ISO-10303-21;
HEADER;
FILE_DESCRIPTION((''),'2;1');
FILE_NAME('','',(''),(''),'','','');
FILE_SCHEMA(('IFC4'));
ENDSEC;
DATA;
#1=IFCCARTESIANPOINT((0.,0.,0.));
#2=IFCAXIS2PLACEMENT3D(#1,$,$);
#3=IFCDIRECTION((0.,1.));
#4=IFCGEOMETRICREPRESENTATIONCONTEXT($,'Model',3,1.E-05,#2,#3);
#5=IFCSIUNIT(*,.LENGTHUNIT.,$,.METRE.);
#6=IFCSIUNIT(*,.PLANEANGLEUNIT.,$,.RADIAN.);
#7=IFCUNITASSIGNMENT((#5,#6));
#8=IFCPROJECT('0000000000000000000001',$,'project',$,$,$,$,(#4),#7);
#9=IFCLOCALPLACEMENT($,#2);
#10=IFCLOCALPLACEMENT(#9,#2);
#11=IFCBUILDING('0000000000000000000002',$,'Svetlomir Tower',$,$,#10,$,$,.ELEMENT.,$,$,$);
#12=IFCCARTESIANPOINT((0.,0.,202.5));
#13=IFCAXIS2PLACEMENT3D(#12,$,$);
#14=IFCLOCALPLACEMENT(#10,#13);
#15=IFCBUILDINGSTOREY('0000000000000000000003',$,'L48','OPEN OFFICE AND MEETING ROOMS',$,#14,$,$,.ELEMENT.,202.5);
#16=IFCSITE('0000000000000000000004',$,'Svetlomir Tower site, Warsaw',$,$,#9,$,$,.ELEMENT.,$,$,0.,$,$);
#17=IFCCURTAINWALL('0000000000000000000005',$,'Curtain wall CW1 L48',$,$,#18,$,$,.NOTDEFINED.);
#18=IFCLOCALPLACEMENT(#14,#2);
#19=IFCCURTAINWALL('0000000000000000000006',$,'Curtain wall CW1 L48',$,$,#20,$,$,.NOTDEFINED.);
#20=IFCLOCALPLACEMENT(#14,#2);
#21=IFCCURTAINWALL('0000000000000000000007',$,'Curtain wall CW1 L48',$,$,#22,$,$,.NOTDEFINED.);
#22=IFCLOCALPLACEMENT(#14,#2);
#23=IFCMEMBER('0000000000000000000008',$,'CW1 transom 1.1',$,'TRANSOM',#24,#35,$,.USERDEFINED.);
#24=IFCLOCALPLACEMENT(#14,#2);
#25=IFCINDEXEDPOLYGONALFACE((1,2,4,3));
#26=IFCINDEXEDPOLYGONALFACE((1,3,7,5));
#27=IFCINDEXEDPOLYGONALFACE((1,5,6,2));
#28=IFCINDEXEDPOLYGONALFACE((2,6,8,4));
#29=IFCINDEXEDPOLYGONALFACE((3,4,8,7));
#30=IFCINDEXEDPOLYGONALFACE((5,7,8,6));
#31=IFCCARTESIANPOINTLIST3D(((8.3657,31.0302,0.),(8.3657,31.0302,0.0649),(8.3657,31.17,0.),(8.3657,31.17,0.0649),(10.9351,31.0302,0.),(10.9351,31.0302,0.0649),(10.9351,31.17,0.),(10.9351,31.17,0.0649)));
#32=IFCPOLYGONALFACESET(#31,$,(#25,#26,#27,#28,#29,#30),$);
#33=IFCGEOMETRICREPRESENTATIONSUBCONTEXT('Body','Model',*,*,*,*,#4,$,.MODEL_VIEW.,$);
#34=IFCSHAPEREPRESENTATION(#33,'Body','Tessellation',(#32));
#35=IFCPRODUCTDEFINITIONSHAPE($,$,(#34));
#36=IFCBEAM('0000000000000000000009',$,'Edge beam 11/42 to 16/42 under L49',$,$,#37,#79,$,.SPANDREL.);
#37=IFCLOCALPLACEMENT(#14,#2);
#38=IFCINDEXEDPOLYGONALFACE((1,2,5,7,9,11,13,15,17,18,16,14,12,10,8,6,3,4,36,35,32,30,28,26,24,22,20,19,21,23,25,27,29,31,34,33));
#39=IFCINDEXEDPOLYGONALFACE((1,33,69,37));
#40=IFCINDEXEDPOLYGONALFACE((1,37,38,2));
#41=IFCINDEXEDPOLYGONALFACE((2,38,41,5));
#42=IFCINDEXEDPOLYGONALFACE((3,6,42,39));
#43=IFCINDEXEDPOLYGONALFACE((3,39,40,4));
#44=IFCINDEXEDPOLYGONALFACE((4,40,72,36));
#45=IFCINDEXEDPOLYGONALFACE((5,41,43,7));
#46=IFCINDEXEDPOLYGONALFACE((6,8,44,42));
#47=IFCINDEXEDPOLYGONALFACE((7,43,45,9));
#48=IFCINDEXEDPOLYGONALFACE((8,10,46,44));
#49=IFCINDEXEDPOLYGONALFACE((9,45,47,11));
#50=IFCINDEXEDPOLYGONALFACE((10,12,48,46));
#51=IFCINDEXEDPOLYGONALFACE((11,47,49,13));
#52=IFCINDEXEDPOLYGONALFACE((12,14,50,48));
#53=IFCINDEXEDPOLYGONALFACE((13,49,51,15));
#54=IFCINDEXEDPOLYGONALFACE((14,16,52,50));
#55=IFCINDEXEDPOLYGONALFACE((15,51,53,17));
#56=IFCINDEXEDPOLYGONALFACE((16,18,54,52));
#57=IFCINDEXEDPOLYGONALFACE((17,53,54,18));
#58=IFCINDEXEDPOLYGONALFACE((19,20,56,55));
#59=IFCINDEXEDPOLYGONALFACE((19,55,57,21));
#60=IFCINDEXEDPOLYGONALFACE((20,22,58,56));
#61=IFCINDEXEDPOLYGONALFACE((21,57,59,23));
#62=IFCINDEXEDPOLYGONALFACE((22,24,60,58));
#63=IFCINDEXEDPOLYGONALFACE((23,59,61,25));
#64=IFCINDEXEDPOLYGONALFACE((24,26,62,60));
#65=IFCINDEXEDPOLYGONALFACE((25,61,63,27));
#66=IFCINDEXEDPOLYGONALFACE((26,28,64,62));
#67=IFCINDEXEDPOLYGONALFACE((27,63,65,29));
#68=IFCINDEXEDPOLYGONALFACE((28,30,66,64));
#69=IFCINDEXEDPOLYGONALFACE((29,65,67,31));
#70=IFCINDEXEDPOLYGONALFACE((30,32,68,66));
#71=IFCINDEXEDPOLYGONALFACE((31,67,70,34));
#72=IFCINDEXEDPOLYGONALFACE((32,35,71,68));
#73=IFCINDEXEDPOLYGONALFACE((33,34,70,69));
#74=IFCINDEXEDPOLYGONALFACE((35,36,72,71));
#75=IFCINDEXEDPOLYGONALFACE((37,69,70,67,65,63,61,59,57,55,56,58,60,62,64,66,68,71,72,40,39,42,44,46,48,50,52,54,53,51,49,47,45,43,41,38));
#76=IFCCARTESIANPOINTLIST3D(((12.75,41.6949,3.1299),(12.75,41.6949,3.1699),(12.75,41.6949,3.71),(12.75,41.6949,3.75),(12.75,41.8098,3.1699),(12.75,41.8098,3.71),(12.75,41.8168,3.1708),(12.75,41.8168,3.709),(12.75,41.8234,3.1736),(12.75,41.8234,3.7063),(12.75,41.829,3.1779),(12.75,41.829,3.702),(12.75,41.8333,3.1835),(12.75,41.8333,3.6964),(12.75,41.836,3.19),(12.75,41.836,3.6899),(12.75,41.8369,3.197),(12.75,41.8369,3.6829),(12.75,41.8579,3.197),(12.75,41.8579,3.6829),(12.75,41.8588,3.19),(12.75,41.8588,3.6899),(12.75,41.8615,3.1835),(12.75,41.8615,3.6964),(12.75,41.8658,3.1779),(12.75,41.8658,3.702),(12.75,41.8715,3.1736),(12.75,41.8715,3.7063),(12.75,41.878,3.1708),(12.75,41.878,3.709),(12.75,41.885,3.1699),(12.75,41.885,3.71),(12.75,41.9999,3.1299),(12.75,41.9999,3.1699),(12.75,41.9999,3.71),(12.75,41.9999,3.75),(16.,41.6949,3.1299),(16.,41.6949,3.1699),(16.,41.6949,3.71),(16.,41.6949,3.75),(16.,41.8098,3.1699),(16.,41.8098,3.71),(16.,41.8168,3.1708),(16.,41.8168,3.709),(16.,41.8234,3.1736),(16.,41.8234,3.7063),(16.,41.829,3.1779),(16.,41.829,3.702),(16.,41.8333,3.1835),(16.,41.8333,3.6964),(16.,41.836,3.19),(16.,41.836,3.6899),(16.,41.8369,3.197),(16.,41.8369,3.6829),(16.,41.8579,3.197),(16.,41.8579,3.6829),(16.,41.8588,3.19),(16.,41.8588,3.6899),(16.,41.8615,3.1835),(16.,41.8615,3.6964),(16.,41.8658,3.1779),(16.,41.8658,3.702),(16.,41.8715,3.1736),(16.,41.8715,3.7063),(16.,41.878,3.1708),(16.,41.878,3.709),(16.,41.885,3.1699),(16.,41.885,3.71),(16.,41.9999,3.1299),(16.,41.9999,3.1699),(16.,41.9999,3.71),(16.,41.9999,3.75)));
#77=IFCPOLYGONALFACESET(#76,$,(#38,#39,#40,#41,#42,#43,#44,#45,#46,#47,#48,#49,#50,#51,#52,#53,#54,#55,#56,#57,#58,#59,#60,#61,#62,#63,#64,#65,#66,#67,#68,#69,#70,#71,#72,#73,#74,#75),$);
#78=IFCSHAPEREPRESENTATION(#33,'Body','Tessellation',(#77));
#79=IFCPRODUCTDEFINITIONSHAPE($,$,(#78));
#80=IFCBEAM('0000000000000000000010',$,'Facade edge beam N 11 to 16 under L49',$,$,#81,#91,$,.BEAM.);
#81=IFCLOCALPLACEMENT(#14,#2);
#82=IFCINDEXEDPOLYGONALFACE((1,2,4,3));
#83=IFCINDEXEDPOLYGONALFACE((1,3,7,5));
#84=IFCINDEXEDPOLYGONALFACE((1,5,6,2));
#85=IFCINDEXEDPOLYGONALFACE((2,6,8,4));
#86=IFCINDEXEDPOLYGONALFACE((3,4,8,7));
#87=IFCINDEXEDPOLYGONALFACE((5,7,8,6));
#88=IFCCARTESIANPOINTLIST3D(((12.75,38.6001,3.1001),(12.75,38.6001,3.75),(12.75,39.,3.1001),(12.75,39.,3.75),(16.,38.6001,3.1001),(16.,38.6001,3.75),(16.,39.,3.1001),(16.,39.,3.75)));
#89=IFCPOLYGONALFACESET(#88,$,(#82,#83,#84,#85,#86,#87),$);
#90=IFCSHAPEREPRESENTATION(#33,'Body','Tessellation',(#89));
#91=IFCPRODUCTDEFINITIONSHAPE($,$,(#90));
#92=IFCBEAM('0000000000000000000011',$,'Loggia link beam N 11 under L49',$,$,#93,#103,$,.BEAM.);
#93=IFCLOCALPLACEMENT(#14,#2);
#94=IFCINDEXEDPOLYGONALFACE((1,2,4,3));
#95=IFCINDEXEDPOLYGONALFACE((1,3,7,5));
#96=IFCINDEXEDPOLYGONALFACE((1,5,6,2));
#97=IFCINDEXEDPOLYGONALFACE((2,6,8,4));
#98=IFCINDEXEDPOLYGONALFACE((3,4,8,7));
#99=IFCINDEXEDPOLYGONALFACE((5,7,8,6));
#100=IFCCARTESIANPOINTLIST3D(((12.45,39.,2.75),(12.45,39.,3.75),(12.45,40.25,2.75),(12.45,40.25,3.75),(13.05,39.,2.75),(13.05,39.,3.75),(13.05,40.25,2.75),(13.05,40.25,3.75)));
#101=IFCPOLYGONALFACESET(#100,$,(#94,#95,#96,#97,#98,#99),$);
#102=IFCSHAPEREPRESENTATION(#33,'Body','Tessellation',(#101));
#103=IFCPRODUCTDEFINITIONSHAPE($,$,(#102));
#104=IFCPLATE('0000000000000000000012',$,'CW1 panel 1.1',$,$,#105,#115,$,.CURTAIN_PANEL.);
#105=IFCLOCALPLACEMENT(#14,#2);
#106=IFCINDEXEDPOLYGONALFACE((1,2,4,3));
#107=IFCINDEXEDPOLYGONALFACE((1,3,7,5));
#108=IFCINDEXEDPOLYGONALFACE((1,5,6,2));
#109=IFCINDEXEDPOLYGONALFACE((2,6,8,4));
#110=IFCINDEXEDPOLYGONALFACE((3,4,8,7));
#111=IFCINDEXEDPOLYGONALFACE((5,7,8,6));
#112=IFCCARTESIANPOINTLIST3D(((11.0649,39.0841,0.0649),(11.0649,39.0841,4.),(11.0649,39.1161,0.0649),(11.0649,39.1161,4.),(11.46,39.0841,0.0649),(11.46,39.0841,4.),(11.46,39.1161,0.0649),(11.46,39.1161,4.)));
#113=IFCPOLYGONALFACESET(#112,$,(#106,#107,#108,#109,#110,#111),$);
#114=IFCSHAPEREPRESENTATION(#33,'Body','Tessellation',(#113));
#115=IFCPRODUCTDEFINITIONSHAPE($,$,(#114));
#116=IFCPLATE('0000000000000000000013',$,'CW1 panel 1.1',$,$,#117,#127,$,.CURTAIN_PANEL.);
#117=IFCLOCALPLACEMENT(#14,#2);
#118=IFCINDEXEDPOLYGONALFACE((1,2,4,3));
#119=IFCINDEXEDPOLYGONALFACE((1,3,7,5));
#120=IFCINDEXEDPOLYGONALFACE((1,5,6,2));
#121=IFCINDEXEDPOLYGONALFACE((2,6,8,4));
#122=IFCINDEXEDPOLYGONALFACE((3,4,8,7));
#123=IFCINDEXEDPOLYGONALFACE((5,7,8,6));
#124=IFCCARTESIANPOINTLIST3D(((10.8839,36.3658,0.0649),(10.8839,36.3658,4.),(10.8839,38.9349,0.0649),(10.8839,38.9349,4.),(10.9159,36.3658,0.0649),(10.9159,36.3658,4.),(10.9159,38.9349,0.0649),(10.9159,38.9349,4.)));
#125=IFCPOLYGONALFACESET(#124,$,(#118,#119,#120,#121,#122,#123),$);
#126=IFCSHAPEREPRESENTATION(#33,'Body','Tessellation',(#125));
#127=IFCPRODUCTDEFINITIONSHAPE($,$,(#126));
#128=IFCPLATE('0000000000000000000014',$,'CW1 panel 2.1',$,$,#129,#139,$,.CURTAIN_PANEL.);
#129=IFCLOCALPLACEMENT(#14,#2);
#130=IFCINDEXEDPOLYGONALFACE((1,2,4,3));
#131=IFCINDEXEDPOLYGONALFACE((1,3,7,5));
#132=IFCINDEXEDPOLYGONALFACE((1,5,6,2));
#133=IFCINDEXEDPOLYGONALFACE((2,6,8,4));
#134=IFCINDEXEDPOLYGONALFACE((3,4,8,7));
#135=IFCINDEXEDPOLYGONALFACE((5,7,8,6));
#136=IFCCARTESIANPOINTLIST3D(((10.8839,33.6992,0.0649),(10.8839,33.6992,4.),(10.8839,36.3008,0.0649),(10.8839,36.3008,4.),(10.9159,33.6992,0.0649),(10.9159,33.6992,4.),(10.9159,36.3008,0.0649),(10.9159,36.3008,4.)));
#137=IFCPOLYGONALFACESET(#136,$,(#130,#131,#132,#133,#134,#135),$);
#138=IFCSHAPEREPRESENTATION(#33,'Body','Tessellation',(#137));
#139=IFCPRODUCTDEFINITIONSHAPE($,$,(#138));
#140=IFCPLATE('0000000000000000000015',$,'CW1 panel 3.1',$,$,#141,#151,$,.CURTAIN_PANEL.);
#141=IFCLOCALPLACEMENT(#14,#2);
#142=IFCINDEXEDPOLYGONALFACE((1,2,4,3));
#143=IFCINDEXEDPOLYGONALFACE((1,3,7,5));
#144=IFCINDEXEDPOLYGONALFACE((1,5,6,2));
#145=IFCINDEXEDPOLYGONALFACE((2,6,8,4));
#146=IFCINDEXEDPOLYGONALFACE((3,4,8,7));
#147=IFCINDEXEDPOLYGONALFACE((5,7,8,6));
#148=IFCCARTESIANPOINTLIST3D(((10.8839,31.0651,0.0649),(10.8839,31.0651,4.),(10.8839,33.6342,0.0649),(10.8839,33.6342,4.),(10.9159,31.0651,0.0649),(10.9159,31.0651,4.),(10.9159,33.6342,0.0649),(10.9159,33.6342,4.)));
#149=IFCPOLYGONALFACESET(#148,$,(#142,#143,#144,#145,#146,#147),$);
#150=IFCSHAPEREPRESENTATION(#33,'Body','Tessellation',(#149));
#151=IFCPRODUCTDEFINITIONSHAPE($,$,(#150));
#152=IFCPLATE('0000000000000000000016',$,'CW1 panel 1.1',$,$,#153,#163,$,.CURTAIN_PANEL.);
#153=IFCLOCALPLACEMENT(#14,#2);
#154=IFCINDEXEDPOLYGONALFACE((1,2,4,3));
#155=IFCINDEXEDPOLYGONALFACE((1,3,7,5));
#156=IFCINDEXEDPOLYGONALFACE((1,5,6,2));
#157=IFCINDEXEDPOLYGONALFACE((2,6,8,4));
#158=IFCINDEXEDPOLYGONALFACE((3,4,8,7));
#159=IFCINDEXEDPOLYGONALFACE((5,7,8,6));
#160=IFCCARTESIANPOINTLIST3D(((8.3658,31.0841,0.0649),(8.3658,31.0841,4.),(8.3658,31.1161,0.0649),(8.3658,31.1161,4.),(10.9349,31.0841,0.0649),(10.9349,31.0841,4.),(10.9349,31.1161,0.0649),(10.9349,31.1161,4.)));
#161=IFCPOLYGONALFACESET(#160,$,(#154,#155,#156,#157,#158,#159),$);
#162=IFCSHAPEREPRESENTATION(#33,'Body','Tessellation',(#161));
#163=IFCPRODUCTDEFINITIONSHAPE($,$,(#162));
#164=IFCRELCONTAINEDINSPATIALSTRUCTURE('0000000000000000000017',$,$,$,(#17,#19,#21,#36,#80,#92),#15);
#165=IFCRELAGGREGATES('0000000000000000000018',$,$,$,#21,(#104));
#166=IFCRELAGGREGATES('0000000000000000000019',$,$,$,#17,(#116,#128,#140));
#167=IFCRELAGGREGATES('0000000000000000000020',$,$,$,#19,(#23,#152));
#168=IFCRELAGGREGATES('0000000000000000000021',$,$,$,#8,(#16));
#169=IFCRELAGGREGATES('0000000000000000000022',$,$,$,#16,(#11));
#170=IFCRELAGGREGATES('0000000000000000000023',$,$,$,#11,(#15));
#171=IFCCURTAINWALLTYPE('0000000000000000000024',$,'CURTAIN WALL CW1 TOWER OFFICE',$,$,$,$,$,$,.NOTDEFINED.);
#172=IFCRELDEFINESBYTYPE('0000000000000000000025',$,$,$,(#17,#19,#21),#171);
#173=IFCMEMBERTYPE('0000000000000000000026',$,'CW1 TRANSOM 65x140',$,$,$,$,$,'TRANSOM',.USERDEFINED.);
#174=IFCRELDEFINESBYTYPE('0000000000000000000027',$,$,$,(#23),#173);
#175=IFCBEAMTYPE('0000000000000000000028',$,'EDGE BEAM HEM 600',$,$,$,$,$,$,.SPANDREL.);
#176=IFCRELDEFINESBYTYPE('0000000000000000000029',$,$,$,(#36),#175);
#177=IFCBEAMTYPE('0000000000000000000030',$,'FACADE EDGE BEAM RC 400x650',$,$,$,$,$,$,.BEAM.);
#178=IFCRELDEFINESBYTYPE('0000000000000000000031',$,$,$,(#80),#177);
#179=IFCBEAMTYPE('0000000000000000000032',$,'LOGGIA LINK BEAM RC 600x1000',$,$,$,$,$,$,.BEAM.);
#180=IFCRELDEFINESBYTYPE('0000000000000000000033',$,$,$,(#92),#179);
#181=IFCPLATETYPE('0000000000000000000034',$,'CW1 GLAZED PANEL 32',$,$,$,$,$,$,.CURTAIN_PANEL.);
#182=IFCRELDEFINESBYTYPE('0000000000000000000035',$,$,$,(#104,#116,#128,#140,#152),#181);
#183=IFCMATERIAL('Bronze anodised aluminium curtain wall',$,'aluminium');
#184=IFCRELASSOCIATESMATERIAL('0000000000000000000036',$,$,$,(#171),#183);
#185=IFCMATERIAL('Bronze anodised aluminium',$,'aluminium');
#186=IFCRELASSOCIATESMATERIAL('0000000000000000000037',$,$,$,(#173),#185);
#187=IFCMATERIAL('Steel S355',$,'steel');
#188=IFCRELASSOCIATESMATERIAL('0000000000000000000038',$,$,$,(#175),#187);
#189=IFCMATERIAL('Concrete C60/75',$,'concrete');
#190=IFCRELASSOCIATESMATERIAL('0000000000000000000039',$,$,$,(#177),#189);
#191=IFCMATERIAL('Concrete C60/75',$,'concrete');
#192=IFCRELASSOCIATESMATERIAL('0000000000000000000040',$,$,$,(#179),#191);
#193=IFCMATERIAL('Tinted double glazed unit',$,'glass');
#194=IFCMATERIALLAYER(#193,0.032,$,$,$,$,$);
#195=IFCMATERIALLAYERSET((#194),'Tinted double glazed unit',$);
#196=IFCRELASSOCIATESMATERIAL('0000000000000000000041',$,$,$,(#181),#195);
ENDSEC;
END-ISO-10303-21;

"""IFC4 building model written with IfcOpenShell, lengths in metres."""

from ifc_helpers import new_model, si_unit, direction, frame, origin, origin_2d, place, context, subcontext, project, spatial, rectangle, i_section, extrude, material, layer, layer_set, material_profile, profile_set, type_object, element, aggregate, save


model = new_model("IFC4")

# Units and contexts
model_context = context("Model", 3, precision=1e-05, world=origin(), true_north=direction((0.0, 1.0)))
body_context = subcontext(model_context, "Body", "Model", "MODEL_VIEW")
ifc_project = project(units=[si_unit("LENGTHUNIT", "METRE"), si_unit("PLANEANGLEUNIT", "RADIAN")], contexts=[model_context])

# Site, building, storey
site_placement = place(None, origin())
site = spatial("IfcSite", under=ifc_project, at=site_placement, Name="Svetlomir Tower site, Warsaw", CompositionType="ELEMENT", RefElevation=0.0)
building_placement = place(site_placement, origin())
building = spatial("IfcBuilding", under=site, at=building_placement, Name="Svetlomir Tower", CompositionType="ELEMENT")
storey_placement = place(building_placement, frame((0.0, 0.0, 202.5)))
storey = spatial("IfcBuildingStorey", under=building, at=storey_placement, Name="L48", Description="OPEN OFFICE AND MEETING ROOMS", CompositionType="ELEMENT", Elevation=202.5)

# Curtain walls
ifc_material_1 = material(Name="Bronze anodised aluminium curtain wall", Category="aluminium")
curtain_wall_type = type_object("IfcCurtainWallType", Name="CURTAIN WALL CW1 TOWER OFFICE", PredefinedType="NOTDEFINED", material=ifc_material_1)
curtain_wall_1_placement = place(storey_placement, origin())
curtain_wall_1 = element("IfcCurtainWall", 1, at=curtain_wall_1_placement, inside=storey, type_object=curtain_wall_type, Name="Curtain wall CW1 L48", PredefinedType="NOTDEFINED")
curtain_wall_2_placement = place(storey_placement, origin())
curtain_wall_2 = element("IfcCurtainWall", 2, at=curtain_wall_2_placement, inside=storey, type_object=curtain_wall_type, Name="Curtain wall CW1 L48", PredefinedType="NOTDEFINED")

# Curtain wall
curtain_wall_3_placement = place(storey_placement, origin())
curtain_wall_3 = element("IfcCurtainWall", 3, at=curtain_wall_3_placement, inside=storey, type_object=curtain_wall_type, Name="Curtain wall CW1 L48", PredefinedType="NOTDEFINED")

# Member
ifc_material_2 = material(Name="Bronze anodised aluminium", Category="aluminium")
ifc_material_profile_1 = material_profile(ifc_material_2, rectangle(XDim=0.1399, YDim=0.0649, at=origin_2d()), Name="AL 140x65")
ifc_profile_set_1 = profile_set([ifc_material_profile_1], Name="Bronze anodised aluminium 6063-T6")
member_type_1 = type_object("IfcMemberType", Name="CW1 TRANSOM 65x140", ElementType="TRANSOM", PredefinedType="USERDEFINED", material=ifc_profile_set_1)
member_1_placement = place(storey_placement, frame((10.9351, 31.1001, 0.0325), z_axis=(-1.0, 0.0, 0.0), x_axis=(0.0, -1.0, 0.0)))
member_1 = element("IfcMember", 4, at=member_1_placement, type_object=member_type_1, Name="CW1 transom 1.1", ObjectType="TRANSOM", PredefinedType="USERDEFINED", context=body_context, shape_type="SweptSolid", body=[
    extrude(rectangle(XDim=0.1399, YDim=0.0649, at=origin_2d()), origin(), (0.0, 0.0, 1.0), 2.5693),
])

# Beams
ifc_material_3 = material(Name="Steel S355", Category="steel")
ifc_material_profile_2 = material_profile(ifc_material_3, i_section(OverallWidth=0.3049, OverallDepth=0.6201, WebThickness=0.021, FlangeThickness=0.04, FilletRadius=0.0271, at=origin_2d()), Name="HEM 600")
ifc_profile_set_2 = profile_set([ifc_material_profile_2], Name="Steel S355")
beam_type_1 = type_object("IfcBeamType", Name="EDGE BEAM HEM 600", PredefinedType="SPANDREL", material=ifc_profile_set_2)
beam_1_placement = place(storey_placement, frame((12.75, 41.8474, 3.4399), z_axis=(1.0, 0.0, 0.0), x_axis=(0.0, 1.0, 0.0)))
element("IfcBeam", 5, at=beam_1_placement, inside=storey, type_object=beam_type_1, Name="Edge beam 11/42 to 16/42 under L49", PredefinedType="SPANDREL", context=body_context, shape_type="SweptSolid", body=[
    extrude(i_section(OverallWidth=0.3049, OverallDepth=0.6201, WebThickness=0.021, FlangeThickness=0.04, FilletRadius=0.0271, at=origin_2d()), origin(), (0.0, 0.0, 1.0), 3.25),
])
ifc_material_4 = material(Name="Concrete C60/75", Category="concrete")
ifc_material_profile_3 = material_profile(ifc_material_4, rectangle(XDim=0.3999, YDim=0.6499, at=origin_2d()), Name="RC 400x650")
ifc_profile_set_3 = profile_set([ifc_material_profile_3], Name="Concrete C60/75")
beam_type_2 = type_object("IfcBeamType", Name="FACADE EDGE BEAM RC 400x650", PredefinedType="BEAM", material=ifc_profile_set_3)
beam_2_placement = place(storey_placement, frame((12.75, 38.8, 3.425), z_axis=(1.0, 0.0, 0.0), x_axis=(0.0, 1.0, 0.0)))
element("IfcBeam", 6, at=beam_2_placement, inside=storey, type_object=beam_type_2, Name="Facade edge beam N 11 to 16 under L49", PredefinedType="BEAM", context=body_context, shape_type="SweptSolid", body=[
    extrude(rectangle(XDim=0.3999, YDim=0.6499, at=origin_2d()), origin(), (0.0, 0.0, 1.0), 3.25),
])
ifc_material_5 = material(Name="Concrete C60/75", Category="concrete")
ifc_material_profile_4 = material_profile(ifc_material_5, rectangle(XDim=0.6001, YDim=1.0, at=origin_2d()), Name="RC 600x1000")
ifc_profile_set_4 = profile_set([ifc_material_profile_4], Name="Concrete C60/75")
beam_type_3 = type_object("IfcBeamType", Name="LOGGIA LINK BEAM RC 600x1000", PredefinedType="BEAM", material=ifc_profile_set_4)
beam_3_placement = place(storey_placement, frame((12.75, 40.25, 3.25), z_axis=(0.0, -1.0, 0.0), x_axis=(1.0, 0.0, 0.0)))
element("IfcBeam", 7, at=beam_3_placement, inside=storey, type_object=beam_type_3, Name="Loggia link beam N 11 under L49", PredefinedType="BEAM", context=body_context, shape_type="SweptSolid", body=[
    extrude(rectangle(XDim=0.6001, YDim=1.0, at=origin_2d()), origin(), (0.0, 0.0, 1.0), 1.25),
])

# Plates
ifc_material_6 = material(Name="Tinted double glazed unit", Category="glass")
ifc_layer_1 = layer(ifc_material_6, 0.032)
ifc_layer_set_1 = layer_set([ifc_layer_1], Name="Tinted double glazed unit")
plate_type = type_object("IfcPlateType", Name="CW1 GLAZED PANEL 32", PredefinedType="CURTAIN_PANEL", material=ifc_layer_set_1)
plate_1_placement = place(storey_placement, frame((11.2625, 39.1001, 0.0649), z_axis=(0.0, 0.0, 1.0), x_axis=(-1.0, 0.0, 0.0)))
plate_1 = element("IfcPlate", 8, at=plate_1_placement, type_object=plate_type, Name="CW1 panel 1.1", PredefinedType="CURTAIN_PANEL", context=body_context, shape_type="SweptSolid", body=[
    extrude(rectangle(XDim=0.395, YDim=0.032, at=origin_2d()), origin(), (0.0, 0.0, 1.0), 3.9351),
])
aggregate(curtain_wall_3, [plate_1])
plate_2_placement = place(storey_placement, frame((10.8999, 37.6504, 0.0649), z_axis=(0.0, 0.0, 1.0), x_axis=(0.0, -1.0, 0.0)))
plate_2 = element("IfcPlate", 9, at=plate_2_placement, type_object=plate_type, Name="CW1 panel 1.1", PredefinedType="CURTAIN_PANEL", context=body_context, shape_type="SweptSolid", body=[
    extrude(rectangle(XDim=2.5691, YDim=0.032, at=origin_2d()), origin(), (0.0, 0.0, 1.0), 3.9351),
])
plate_3_placement = place(storey_placement, frame((10.8999, 35.0, 0.0649), z_axis=(0.0, 0.0, 1.0), x_axis=(0.0, -1.0, 0.0)))
plate_3 = element("IfcPlate", 10, at=plate_3_placement, type_object=plate_type, Name="CW1 panel 2.1", PredefinedType="CURTAIN_PANEL", context=body_context, shape_type="SweptSolid", body=[
    extrude(rectangle(XDim=2.6016, YDim=0.032, at=origin_2d()), origin(), (0.0, 0.0, 1.0), 3.9351),
])
plate_4_placement = place(storey_placement, frame((10.8999, 32.3496, 0.0649), z_axis=(0.0, 0.0, 1.0), x_axis=(0.0, -1.0, 0.0)))
plate_4 = element("IfcPlate", 11, at=plate_4_placement, type_object=plate_type, Name="CW1 panel 3.1", PredefinedType="CURTAIN_PANEL", context=body_context, shape_type="SweptSolid", body=[
    extrude(rectangle(XDim=2.5691, YDim=0.032, at=origin_2d()), origin(), (0.0, 0.0, 1.0), 3.9351),
])
aggregate(curtain_wall_1, [plate_2, plate_3, plate_4])
plate_5_placement = place(storey_placement, frame((9.6504, 31.1001, 0.0649), z_axis=(0.0, 0.0, 1.0), x_axis=(-1.0, 0.0, 0.0)))
plate_5 = element("IfcPlate", 12, at=plate_5_placement, type_object=plate_type, Name="CW1 panel 1.1", PredefinedType="CURTAIN_PANEL", context=body_context, shape_type="SweptSolid", body=[
    extrude(rectangle(XDim=2.5691, YDim=0.032, at=origin_2d()), origin(), (0.0, 0.0, 1.0), 3.9351),
])
aggregate(curtain_wall_2, [member_1, plate_5])

save(model, "model.ifc")
